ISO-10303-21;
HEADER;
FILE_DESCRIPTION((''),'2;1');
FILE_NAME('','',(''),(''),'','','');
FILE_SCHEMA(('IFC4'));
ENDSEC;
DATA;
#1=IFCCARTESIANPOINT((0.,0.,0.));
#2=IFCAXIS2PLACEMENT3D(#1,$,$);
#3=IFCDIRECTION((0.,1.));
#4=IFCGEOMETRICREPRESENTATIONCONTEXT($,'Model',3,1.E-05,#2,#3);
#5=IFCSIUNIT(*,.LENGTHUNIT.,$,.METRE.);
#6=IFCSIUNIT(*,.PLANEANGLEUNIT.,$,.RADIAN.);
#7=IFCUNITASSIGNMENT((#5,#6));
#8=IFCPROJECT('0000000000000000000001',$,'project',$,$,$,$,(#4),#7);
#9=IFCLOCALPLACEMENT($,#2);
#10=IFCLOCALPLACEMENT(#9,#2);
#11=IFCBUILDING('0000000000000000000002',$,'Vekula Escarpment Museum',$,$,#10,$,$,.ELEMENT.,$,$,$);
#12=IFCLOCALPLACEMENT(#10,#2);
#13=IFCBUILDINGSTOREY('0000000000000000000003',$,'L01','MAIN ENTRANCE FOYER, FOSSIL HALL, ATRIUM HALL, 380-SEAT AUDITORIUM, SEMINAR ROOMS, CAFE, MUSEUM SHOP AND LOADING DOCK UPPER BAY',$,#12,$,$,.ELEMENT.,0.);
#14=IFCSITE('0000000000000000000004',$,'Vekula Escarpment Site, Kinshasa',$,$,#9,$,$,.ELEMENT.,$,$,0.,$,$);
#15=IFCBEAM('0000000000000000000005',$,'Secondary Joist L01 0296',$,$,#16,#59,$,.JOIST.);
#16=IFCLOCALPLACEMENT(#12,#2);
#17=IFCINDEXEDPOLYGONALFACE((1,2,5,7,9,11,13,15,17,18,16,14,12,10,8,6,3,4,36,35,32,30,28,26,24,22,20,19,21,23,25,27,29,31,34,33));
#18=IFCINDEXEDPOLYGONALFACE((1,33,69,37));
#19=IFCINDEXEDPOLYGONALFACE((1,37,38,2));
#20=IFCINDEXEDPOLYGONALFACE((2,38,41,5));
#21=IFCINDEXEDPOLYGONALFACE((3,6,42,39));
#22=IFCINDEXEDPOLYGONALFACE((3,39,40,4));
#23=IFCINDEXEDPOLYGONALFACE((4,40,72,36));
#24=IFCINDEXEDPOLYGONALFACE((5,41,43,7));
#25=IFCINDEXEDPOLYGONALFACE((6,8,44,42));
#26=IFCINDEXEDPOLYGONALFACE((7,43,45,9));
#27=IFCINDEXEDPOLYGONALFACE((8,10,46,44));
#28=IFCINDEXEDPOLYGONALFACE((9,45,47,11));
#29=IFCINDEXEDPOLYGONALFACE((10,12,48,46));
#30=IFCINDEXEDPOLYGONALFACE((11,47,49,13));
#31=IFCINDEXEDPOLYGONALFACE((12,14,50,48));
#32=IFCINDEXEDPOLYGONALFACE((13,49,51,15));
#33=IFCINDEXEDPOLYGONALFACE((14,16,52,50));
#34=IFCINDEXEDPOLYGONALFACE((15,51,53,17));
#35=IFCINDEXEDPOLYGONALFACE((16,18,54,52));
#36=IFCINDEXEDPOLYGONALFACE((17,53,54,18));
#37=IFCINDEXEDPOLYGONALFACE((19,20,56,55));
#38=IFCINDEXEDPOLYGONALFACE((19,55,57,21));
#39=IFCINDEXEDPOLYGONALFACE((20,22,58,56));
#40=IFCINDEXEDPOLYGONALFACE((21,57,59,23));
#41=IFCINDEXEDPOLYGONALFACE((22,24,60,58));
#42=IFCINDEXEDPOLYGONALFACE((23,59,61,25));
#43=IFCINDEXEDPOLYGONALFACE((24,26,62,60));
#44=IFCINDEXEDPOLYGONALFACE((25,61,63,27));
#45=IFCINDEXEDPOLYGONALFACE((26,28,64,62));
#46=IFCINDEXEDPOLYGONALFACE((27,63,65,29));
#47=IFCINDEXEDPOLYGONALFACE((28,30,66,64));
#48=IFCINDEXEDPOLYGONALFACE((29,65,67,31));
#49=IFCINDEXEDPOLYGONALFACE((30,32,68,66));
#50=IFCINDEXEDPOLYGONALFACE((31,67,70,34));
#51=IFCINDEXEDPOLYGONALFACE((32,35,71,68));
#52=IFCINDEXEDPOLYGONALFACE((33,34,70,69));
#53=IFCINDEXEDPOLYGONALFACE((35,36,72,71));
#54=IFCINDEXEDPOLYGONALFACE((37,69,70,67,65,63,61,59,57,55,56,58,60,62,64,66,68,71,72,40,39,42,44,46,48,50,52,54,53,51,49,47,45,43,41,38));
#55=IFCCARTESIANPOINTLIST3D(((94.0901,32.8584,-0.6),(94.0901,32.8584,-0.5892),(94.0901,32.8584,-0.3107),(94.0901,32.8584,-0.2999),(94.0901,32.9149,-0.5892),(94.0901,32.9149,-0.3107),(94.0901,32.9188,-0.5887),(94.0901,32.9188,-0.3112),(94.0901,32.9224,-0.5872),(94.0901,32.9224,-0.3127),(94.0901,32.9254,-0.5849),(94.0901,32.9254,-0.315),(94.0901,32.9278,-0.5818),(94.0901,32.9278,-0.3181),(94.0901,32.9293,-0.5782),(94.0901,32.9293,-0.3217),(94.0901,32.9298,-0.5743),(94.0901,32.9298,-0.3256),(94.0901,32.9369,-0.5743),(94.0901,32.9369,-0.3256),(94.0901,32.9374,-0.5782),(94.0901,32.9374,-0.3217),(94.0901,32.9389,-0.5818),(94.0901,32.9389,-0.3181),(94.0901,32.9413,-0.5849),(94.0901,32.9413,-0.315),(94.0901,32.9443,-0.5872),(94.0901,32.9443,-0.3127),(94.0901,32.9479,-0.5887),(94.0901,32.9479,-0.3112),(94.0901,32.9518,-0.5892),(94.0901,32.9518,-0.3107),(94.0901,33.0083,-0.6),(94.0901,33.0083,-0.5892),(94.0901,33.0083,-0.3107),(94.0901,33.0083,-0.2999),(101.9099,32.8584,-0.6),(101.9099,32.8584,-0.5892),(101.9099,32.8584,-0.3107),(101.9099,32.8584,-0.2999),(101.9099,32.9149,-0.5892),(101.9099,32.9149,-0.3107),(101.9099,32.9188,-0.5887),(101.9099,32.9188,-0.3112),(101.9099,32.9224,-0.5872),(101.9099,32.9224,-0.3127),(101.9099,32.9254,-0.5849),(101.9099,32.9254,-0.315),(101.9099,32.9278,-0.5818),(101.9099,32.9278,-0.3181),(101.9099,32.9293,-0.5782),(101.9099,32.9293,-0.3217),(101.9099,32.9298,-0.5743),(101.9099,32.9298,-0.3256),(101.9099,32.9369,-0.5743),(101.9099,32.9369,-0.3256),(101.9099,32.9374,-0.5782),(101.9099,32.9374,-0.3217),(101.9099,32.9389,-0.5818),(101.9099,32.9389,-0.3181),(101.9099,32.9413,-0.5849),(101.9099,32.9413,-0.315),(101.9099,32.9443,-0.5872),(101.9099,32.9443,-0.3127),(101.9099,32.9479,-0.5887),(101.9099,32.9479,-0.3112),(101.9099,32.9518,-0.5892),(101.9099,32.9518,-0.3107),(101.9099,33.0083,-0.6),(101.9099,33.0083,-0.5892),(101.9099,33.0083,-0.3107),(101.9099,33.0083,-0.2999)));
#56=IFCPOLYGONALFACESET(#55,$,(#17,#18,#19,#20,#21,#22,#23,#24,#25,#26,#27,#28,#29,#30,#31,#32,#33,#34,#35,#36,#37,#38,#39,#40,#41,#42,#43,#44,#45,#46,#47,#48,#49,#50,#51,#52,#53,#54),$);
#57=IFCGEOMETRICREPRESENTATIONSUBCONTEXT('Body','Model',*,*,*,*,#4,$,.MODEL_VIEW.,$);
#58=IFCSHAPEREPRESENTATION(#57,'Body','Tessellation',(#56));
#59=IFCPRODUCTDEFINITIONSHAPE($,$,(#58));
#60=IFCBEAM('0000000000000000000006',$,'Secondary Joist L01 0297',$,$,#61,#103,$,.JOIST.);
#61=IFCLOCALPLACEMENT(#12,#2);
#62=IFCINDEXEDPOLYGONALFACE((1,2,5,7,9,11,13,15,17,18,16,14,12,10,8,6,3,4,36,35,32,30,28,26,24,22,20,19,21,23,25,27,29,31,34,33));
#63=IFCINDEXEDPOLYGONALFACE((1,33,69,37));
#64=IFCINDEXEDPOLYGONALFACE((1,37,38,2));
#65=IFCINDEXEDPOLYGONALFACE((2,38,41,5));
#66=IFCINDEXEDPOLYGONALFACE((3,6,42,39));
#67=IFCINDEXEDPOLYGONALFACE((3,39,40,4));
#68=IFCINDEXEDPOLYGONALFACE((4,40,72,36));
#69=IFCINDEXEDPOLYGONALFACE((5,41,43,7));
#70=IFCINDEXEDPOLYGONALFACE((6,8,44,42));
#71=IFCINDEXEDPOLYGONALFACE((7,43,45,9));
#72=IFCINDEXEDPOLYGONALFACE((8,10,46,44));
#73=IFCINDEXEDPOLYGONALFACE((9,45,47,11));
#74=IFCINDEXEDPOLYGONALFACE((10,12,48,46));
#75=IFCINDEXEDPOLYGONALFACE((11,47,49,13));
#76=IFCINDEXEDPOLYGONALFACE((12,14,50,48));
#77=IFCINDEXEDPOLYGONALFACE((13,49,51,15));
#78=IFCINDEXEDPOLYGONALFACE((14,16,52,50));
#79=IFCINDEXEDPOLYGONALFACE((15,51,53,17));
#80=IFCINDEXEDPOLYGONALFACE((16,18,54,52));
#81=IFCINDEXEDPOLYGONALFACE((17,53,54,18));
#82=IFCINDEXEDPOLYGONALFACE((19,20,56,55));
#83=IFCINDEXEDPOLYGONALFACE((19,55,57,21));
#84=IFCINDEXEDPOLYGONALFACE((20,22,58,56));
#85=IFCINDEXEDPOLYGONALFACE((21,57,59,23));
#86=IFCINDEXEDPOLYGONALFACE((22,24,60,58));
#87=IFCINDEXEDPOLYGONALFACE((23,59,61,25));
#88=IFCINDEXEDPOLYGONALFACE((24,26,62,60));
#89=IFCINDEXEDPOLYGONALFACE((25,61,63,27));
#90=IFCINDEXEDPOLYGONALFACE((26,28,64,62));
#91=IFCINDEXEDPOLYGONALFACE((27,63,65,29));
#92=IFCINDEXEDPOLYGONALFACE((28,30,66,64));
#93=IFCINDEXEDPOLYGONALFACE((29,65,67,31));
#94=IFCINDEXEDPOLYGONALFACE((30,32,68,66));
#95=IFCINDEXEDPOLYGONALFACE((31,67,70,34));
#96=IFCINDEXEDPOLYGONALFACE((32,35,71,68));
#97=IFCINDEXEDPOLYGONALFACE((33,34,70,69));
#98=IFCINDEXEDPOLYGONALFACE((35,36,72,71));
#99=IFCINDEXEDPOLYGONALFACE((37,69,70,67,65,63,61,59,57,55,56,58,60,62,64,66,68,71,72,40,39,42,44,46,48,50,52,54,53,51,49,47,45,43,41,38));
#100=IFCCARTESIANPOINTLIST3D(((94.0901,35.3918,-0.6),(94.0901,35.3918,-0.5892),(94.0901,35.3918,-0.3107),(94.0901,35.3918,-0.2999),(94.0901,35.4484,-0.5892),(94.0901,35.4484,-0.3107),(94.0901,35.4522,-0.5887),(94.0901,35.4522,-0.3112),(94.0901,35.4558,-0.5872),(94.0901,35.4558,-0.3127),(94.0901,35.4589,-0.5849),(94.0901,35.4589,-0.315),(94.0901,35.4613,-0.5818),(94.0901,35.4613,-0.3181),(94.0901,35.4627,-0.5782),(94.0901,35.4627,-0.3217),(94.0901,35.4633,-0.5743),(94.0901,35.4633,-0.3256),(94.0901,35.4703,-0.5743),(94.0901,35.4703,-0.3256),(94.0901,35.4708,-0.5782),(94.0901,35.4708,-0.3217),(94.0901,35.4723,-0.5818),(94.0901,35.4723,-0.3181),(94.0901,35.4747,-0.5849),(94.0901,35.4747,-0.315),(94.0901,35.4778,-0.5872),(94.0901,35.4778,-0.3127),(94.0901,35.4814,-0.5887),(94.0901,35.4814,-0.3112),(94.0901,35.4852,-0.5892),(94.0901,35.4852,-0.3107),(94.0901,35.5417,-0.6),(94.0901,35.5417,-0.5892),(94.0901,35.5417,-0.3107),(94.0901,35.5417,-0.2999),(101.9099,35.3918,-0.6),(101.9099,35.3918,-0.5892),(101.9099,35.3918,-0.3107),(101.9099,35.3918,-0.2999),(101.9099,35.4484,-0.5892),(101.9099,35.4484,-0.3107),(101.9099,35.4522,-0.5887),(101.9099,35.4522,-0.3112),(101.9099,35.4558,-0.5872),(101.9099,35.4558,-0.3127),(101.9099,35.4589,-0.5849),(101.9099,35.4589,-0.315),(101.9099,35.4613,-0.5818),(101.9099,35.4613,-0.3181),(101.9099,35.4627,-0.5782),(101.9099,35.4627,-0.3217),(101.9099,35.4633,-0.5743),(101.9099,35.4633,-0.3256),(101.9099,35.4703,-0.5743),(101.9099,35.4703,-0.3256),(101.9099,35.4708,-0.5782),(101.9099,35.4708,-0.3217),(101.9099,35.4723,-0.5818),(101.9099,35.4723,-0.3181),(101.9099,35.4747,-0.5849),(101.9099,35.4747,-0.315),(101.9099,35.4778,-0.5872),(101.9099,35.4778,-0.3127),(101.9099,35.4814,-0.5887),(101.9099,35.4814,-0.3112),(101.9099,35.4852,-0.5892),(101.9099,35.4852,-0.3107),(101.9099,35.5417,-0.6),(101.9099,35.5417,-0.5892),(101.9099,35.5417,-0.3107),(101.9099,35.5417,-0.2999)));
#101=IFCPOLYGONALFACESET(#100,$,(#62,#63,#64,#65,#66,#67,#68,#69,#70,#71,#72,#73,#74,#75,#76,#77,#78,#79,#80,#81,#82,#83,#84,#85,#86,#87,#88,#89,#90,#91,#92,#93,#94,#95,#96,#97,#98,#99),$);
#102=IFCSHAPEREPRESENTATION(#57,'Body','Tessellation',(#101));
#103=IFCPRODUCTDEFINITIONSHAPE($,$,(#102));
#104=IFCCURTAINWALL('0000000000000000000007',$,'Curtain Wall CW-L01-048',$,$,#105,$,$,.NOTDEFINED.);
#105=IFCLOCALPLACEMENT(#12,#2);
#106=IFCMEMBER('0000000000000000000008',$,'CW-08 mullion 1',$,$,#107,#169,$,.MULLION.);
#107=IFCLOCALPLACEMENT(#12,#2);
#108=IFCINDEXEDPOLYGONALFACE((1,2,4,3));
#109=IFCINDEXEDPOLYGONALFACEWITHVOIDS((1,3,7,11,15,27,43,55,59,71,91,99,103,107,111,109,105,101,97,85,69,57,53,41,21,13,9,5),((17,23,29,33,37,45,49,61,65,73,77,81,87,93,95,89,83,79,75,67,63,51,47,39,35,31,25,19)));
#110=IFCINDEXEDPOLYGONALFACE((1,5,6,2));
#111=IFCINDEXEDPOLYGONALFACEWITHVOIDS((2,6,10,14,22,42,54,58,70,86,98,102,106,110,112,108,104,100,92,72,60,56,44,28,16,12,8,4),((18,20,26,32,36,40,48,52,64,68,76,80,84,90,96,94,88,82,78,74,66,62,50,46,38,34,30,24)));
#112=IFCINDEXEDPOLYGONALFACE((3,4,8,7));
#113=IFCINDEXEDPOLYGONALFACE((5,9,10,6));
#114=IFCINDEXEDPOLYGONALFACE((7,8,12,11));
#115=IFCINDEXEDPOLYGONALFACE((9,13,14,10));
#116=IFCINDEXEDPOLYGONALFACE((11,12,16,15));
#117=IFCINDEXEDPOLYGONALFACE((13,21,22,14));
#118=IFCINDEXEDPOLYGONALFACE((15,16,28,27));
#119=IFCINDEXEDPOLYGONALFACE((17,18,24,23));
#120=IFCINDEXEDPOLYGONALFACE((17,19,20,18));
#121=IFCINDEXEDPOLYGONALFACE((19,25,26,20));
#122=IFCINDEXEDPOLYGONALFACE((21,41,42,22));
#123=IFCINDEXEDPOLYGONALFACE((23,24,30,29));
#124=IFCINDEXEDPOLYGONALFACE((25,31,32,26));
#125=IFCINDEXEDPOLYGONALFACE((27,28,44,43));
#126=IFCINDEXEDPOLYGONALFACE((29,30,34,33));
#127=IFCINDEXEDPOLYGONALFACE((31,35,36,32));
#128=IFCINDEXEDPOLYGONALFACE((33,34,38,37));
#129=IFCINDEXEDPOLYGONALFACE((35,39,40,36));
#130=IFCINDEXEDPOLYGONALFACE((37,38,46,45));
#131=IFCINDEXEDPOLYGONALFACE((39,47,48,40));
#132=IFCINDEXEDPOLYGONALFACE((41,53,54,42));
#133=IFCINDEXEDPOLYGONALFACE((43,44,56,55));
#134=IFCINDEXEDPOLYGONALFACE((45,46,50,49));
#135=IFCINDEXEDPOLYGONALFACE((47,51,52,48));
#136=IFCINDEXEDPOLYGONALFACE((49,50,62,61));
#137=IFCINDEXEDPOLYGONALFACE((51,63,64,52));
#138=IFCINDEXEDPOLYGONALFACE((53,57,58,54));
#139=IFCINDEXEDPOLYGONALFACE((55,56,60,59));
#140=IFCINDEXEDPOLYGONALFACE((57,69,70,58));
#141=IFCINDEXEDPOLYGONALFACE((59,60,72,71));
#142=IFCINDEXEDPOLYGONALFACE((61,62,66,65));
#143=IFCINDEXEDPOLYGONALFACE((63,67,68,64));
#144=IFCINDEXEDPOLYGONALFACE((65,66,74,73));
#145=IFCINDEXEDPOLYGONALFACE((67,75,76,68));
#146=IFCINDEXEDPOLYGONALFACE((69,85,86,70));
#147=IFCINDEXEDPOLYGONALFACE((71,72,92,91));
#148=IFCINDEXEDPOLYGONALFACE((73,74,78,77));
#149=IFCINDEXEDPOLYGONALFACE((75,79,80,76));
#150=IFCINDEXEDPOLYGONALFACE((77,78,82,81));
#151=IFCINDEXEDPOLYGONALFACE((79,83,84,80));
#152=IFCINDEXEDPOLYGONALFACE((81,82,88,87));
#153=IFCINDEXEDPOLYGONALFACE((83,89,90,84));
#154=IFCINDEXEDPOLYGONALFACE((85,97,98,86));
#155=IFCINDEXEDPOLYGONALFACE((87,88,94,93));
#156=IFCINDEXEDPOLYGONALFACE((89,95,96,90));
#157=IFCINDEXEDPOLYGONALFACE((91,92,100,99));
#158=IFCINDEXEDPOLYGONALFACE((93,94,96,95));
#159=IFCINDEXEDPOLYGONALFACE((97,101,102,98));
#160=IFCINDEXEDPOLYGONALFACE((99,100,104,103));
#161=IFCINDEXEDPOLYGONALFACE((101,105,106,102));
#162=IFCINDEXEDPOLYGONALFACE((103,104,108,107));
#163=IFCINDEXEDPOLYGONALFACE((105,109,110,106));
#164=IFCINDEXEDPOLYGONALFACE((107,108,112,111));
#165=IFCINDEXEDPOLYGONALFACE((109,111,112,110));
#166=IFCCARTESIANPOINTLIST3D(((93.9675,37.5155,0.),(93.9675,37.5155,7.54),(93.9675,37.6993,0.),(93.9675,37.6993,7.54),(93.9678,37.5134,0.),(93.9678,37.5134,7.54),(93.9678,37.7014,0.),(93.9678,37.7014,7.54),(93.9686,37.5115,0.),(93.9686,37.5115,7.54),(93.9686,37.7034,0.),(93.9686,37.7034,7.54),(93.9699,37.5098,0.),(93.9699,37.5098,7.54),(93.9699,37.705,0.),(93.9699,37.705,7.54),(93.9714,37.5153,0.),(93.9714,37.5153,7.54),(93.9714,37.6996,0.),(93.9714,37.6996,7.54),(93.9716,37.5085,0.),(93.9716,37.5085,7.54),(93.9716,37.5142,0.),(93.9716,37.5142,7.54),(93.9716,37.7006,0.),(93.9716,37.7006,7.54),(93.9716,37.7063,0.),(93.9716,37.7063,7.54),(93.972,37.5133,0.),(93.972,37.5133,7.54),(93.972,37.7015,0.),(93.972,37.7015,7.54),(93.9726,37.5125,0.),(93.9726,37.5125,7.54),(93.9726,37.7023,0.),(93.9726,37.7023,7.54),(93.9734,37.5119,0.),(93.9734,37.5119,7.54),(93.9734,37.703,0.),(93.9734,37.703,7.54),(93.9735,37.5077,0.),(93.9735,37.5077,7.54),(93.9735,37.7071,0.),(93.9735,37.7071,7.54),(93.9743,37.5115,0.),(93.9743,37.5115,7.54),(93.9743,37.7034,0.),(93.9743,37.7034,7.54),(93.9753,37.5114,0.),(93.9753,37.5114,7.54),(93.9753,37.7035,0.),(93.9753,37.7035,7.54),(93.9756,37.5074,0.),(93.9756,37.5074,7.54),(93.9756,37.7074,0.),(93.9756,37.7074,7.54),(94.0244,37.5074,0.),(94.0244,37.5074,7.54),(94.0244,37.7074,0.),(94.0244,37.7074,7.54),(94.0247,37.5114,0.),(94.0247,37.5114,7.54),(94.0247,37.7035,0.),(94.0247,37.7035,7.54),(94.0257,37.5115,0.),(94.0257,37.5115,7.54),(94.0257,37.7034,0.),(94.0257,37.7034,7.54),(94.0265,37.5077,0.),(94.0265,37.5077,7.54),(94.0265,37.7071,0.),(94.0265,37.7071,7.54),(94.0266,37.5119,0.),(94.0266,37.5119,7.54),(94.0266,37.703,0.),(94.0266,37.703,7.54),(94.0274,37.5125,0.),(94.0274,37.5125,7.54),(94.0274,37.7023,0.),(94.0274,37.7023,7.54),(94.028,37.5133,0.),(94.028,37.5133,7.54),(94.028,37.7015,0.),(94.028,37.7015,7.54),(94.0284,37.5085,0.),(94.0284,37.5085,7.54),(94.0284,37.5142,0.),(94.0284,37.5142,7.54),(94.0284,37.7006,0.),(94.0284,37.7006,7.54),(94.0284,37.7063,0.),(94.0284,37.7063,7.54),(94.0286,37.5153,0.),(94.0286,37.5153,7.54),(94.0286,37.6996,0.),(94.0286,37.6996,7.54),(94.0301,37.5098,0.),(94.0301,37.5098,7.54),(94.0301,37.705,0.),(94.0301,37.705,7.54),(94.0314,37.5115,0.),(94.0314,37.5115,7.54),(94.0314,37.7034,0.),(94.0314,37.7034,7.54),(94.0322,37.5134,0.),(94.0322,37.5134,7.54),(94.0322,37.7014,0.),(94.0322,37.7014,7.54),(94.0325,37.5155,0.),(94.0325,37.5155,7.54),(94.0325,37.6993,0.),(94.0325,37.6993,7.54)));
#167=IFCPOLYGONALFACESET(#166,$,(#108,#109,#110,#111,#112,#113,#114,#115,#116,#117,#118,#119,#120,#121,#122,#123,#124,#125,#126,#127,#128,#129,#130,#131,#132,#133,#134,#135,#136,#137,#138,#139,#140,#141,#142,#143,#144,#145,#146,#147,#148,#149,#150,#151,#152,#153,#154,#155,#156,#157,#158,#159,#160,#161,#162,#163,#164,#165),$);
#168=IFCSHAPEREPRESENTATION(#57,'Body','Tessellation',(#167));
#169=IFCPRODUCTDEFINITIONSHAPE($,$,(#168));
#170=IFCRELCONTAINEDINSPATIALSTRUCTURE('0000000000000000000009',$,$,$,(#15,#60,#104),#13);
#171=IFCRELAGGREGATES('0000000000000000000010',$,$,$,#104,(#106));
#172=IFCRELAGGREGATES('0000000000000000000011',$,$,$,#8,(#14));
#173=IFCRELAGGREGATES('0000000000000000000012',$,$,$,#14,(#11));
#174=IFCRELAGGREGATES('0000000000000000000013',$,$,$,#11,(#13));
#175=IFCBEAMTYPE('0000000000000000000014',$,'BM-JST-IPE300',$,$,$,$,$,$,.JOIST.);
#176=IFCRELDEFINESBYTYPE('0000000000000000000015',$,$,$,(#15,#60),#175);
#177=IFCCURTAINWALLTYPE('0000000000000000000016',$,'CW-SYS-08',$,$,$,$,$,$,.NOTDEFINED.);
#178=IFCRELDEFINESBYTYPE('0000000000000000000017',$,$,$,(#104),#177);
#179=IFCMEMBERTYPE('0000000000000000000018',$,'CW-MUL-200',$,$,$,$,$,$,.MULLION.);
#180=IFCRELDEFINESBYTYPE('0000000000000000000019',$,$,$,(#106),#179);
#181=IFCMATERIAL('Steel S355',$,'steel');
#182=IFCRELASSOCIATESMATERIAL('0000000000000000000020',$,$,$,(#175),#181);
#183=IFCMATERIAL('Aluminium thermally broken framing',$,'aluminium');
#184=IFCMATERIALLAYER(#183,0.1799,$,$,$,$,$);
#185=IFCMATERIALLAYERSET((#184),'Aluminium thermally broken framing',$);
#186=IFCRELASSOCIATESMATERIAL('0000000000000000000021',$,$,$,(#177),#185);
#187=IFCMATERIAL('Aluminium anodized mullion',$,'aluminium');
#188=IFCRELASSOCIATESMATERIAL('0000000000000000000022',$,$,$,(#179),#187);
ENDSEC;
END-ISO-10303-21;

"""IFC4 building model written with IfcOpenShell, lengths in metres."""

from ifc_helpers import new_model, si_unit, direction, frame, origin, origin_2d, place, context, subcontext, project, spatial, hollow_rectangle, i_section, extrude, material, layer, layer_set, material_profile, profile_set, type_object, element, aggregate, save


model = new_model("IFC4")

# Units and contexts
model_context = context("Model", 3, precision=1e-05, world=origin(), true_north=direction((0.0, 1.0)))
body_context = subcontext(model_context, "Body", "Model", "MODEL_VIEW")
ifc_project = project(units=[si_unit("LENGTHUNIT", "METRE"), si_unit("PLANEANGLEUNIT", "RADIAN")], contexts=[model_context])

# Site, building, storey
site_placement = place(None, origin())
site = spatial("IfcSite", under=ifc_project, at=site_placement, Name="Vekula Escarpment Site, Kinshasa", CompositionType="ELEMENT", RefElevation=0.0)
building_placement = place(site_placement, origin())
building = spatial("IfcBuilding", under=site, at=building_placement, Name="Vekula Escarpment Museum", CompositionType="ELEMENT")
storey_placement = place(building_placement, origin())
storey = spatial("IfcBuildingStorey", under=building, at=storey_placement, Name="L01", Description="MAIN ENTRANCE FOYER, FOSSIL HALL, ATRIUM HALL, 380-SEAT AUDITORIUM, SEMINAR ROOMS, CAFE, MUSEUM SHOP AND LOADING DOCK UPPER BAY", CompositionType="ELEMENT", Elevation=0.0)

# Beams
ifc_material_1 = material(Name="Steel S355", Category="steel")
ifc_material_profile_1 = material_profile(ifc_material_1, i_section(OverallWidth=0.1499, OverallDepth=0.3, WebThickness=0.0071, FlangeThickness=0.0107, FilletRadius=0.0149, at=origin_2d()), Name="IPE 300")
ifc_profile_set_1 = profile_set([ifc_material_profile_1], Name="Steel S355")
beam_type_1 = type_object("IfcBeamType", Name="BM-JST-IPE300", PredefinedType="JOIST", material=ifc_profile_set_1)
for number, where, z_axis, x_axis, name in (
    (1, (94.0901, 32.9333, -0.45), (1.0, 0.0, 0.0), (0.0, 1.0, 0.0), "Secondary Joist L01 0296"),
    (2, (94.0901, 35.4668, -0.45), (1.0, 0.0, 0.0), (0.0, 1.0, 0.0), "Secondary Joist L01 0297"),
):
    element("IfcBeam", number, at=place(storey_placement, frame(where, z_axis=z_axis, x_axis=x_axis)), inside=storey, type_object=beam_type_1, Name=name, PredefinedType="JOIST", context=body_context, shape_type="SweptSolid", body=[
        extrude(i_section(OverallWidth=0.1499, OverallDepth=0.3, WebThickness=0.0071, FlangeThickness=0.0107, FilletRadius=0.0149, at=origin_2d()), origin(), (0.0, 0.0, 1.0), 7.8198),
    ])

# Curtain wall, member
ifc_material_2 = material(Name="Aluminium thermally broken framing", Category="aluminium")
ifc_layer_1 = layer(ifc_material_2, 0.1799)
ifc_layer_set_1 = layer_set([ifc_layer_1], Name="Aluminium thermally broken framing")
curtain_wall_type_1 = type_object("IfcCurtainWallType", Name="CW-SYS-08", PredefinedType="NOTDEFINED", material=ifc_layer_set_1)
curtain_wall_1_placement = place(storey_placement, origin())
curtain_wall_1 = element("IfcCurtainWall", 3, at=curtain_wall_1_placement, inside=storey, type_object=curtain_wall_type_1, Name="Curtain Wall CW-L01-048", PredefinedType="NOTDEFINED")
ifc_material_3 = material(Name="Aluminium anodized mullion", Category="aluminium")
ifc_material_profile_2 = material_profile(ifc_material_3, hollow_rectangle(XDim=0.0649, YDim=0.2, WallThickness=0.0039, InnerFilletRadius=0.0039, OuterFilletRadius=0.0081, at=origin_2d()), Name="ALU 200x65x4")
ifc_profile_set_2 = profile_set([ifc_material_profile_2], Name="Aluminium anodized mullion")
member_type_1 = type_object("IfcMemberType", Name="CW-MUL-200", PredefinedType="MULLION", material=ifc_profile_set_2)
member_1_placement = place(storey_placement, frame((94.0, 37.6074, 0.0), z_axis=(0.0, 0.0, 1.0), x_axis=(1.0, 0.0, 0.0)))
member_1 = element("IfcMember", 4, at=member_1_placement, type_object=member_type_1, Name="CW-08 mullion 1", PredefinedType="MULLION", context=body_context, shape_type="SweptSolid", body=[
    extrude(hollow_rectangle(XDim=0.0649, YDim=0.2, WallThickness=0.0039, InnerFilletRadius=0.0039, OuterFilletRadius=0.0081, at=origin_2d()), origin(), (0.0, 0.0, 1.0), 7.54),
])

aggregate(curtain_wall_1, [member_1])

save(model, "model.ifc")
